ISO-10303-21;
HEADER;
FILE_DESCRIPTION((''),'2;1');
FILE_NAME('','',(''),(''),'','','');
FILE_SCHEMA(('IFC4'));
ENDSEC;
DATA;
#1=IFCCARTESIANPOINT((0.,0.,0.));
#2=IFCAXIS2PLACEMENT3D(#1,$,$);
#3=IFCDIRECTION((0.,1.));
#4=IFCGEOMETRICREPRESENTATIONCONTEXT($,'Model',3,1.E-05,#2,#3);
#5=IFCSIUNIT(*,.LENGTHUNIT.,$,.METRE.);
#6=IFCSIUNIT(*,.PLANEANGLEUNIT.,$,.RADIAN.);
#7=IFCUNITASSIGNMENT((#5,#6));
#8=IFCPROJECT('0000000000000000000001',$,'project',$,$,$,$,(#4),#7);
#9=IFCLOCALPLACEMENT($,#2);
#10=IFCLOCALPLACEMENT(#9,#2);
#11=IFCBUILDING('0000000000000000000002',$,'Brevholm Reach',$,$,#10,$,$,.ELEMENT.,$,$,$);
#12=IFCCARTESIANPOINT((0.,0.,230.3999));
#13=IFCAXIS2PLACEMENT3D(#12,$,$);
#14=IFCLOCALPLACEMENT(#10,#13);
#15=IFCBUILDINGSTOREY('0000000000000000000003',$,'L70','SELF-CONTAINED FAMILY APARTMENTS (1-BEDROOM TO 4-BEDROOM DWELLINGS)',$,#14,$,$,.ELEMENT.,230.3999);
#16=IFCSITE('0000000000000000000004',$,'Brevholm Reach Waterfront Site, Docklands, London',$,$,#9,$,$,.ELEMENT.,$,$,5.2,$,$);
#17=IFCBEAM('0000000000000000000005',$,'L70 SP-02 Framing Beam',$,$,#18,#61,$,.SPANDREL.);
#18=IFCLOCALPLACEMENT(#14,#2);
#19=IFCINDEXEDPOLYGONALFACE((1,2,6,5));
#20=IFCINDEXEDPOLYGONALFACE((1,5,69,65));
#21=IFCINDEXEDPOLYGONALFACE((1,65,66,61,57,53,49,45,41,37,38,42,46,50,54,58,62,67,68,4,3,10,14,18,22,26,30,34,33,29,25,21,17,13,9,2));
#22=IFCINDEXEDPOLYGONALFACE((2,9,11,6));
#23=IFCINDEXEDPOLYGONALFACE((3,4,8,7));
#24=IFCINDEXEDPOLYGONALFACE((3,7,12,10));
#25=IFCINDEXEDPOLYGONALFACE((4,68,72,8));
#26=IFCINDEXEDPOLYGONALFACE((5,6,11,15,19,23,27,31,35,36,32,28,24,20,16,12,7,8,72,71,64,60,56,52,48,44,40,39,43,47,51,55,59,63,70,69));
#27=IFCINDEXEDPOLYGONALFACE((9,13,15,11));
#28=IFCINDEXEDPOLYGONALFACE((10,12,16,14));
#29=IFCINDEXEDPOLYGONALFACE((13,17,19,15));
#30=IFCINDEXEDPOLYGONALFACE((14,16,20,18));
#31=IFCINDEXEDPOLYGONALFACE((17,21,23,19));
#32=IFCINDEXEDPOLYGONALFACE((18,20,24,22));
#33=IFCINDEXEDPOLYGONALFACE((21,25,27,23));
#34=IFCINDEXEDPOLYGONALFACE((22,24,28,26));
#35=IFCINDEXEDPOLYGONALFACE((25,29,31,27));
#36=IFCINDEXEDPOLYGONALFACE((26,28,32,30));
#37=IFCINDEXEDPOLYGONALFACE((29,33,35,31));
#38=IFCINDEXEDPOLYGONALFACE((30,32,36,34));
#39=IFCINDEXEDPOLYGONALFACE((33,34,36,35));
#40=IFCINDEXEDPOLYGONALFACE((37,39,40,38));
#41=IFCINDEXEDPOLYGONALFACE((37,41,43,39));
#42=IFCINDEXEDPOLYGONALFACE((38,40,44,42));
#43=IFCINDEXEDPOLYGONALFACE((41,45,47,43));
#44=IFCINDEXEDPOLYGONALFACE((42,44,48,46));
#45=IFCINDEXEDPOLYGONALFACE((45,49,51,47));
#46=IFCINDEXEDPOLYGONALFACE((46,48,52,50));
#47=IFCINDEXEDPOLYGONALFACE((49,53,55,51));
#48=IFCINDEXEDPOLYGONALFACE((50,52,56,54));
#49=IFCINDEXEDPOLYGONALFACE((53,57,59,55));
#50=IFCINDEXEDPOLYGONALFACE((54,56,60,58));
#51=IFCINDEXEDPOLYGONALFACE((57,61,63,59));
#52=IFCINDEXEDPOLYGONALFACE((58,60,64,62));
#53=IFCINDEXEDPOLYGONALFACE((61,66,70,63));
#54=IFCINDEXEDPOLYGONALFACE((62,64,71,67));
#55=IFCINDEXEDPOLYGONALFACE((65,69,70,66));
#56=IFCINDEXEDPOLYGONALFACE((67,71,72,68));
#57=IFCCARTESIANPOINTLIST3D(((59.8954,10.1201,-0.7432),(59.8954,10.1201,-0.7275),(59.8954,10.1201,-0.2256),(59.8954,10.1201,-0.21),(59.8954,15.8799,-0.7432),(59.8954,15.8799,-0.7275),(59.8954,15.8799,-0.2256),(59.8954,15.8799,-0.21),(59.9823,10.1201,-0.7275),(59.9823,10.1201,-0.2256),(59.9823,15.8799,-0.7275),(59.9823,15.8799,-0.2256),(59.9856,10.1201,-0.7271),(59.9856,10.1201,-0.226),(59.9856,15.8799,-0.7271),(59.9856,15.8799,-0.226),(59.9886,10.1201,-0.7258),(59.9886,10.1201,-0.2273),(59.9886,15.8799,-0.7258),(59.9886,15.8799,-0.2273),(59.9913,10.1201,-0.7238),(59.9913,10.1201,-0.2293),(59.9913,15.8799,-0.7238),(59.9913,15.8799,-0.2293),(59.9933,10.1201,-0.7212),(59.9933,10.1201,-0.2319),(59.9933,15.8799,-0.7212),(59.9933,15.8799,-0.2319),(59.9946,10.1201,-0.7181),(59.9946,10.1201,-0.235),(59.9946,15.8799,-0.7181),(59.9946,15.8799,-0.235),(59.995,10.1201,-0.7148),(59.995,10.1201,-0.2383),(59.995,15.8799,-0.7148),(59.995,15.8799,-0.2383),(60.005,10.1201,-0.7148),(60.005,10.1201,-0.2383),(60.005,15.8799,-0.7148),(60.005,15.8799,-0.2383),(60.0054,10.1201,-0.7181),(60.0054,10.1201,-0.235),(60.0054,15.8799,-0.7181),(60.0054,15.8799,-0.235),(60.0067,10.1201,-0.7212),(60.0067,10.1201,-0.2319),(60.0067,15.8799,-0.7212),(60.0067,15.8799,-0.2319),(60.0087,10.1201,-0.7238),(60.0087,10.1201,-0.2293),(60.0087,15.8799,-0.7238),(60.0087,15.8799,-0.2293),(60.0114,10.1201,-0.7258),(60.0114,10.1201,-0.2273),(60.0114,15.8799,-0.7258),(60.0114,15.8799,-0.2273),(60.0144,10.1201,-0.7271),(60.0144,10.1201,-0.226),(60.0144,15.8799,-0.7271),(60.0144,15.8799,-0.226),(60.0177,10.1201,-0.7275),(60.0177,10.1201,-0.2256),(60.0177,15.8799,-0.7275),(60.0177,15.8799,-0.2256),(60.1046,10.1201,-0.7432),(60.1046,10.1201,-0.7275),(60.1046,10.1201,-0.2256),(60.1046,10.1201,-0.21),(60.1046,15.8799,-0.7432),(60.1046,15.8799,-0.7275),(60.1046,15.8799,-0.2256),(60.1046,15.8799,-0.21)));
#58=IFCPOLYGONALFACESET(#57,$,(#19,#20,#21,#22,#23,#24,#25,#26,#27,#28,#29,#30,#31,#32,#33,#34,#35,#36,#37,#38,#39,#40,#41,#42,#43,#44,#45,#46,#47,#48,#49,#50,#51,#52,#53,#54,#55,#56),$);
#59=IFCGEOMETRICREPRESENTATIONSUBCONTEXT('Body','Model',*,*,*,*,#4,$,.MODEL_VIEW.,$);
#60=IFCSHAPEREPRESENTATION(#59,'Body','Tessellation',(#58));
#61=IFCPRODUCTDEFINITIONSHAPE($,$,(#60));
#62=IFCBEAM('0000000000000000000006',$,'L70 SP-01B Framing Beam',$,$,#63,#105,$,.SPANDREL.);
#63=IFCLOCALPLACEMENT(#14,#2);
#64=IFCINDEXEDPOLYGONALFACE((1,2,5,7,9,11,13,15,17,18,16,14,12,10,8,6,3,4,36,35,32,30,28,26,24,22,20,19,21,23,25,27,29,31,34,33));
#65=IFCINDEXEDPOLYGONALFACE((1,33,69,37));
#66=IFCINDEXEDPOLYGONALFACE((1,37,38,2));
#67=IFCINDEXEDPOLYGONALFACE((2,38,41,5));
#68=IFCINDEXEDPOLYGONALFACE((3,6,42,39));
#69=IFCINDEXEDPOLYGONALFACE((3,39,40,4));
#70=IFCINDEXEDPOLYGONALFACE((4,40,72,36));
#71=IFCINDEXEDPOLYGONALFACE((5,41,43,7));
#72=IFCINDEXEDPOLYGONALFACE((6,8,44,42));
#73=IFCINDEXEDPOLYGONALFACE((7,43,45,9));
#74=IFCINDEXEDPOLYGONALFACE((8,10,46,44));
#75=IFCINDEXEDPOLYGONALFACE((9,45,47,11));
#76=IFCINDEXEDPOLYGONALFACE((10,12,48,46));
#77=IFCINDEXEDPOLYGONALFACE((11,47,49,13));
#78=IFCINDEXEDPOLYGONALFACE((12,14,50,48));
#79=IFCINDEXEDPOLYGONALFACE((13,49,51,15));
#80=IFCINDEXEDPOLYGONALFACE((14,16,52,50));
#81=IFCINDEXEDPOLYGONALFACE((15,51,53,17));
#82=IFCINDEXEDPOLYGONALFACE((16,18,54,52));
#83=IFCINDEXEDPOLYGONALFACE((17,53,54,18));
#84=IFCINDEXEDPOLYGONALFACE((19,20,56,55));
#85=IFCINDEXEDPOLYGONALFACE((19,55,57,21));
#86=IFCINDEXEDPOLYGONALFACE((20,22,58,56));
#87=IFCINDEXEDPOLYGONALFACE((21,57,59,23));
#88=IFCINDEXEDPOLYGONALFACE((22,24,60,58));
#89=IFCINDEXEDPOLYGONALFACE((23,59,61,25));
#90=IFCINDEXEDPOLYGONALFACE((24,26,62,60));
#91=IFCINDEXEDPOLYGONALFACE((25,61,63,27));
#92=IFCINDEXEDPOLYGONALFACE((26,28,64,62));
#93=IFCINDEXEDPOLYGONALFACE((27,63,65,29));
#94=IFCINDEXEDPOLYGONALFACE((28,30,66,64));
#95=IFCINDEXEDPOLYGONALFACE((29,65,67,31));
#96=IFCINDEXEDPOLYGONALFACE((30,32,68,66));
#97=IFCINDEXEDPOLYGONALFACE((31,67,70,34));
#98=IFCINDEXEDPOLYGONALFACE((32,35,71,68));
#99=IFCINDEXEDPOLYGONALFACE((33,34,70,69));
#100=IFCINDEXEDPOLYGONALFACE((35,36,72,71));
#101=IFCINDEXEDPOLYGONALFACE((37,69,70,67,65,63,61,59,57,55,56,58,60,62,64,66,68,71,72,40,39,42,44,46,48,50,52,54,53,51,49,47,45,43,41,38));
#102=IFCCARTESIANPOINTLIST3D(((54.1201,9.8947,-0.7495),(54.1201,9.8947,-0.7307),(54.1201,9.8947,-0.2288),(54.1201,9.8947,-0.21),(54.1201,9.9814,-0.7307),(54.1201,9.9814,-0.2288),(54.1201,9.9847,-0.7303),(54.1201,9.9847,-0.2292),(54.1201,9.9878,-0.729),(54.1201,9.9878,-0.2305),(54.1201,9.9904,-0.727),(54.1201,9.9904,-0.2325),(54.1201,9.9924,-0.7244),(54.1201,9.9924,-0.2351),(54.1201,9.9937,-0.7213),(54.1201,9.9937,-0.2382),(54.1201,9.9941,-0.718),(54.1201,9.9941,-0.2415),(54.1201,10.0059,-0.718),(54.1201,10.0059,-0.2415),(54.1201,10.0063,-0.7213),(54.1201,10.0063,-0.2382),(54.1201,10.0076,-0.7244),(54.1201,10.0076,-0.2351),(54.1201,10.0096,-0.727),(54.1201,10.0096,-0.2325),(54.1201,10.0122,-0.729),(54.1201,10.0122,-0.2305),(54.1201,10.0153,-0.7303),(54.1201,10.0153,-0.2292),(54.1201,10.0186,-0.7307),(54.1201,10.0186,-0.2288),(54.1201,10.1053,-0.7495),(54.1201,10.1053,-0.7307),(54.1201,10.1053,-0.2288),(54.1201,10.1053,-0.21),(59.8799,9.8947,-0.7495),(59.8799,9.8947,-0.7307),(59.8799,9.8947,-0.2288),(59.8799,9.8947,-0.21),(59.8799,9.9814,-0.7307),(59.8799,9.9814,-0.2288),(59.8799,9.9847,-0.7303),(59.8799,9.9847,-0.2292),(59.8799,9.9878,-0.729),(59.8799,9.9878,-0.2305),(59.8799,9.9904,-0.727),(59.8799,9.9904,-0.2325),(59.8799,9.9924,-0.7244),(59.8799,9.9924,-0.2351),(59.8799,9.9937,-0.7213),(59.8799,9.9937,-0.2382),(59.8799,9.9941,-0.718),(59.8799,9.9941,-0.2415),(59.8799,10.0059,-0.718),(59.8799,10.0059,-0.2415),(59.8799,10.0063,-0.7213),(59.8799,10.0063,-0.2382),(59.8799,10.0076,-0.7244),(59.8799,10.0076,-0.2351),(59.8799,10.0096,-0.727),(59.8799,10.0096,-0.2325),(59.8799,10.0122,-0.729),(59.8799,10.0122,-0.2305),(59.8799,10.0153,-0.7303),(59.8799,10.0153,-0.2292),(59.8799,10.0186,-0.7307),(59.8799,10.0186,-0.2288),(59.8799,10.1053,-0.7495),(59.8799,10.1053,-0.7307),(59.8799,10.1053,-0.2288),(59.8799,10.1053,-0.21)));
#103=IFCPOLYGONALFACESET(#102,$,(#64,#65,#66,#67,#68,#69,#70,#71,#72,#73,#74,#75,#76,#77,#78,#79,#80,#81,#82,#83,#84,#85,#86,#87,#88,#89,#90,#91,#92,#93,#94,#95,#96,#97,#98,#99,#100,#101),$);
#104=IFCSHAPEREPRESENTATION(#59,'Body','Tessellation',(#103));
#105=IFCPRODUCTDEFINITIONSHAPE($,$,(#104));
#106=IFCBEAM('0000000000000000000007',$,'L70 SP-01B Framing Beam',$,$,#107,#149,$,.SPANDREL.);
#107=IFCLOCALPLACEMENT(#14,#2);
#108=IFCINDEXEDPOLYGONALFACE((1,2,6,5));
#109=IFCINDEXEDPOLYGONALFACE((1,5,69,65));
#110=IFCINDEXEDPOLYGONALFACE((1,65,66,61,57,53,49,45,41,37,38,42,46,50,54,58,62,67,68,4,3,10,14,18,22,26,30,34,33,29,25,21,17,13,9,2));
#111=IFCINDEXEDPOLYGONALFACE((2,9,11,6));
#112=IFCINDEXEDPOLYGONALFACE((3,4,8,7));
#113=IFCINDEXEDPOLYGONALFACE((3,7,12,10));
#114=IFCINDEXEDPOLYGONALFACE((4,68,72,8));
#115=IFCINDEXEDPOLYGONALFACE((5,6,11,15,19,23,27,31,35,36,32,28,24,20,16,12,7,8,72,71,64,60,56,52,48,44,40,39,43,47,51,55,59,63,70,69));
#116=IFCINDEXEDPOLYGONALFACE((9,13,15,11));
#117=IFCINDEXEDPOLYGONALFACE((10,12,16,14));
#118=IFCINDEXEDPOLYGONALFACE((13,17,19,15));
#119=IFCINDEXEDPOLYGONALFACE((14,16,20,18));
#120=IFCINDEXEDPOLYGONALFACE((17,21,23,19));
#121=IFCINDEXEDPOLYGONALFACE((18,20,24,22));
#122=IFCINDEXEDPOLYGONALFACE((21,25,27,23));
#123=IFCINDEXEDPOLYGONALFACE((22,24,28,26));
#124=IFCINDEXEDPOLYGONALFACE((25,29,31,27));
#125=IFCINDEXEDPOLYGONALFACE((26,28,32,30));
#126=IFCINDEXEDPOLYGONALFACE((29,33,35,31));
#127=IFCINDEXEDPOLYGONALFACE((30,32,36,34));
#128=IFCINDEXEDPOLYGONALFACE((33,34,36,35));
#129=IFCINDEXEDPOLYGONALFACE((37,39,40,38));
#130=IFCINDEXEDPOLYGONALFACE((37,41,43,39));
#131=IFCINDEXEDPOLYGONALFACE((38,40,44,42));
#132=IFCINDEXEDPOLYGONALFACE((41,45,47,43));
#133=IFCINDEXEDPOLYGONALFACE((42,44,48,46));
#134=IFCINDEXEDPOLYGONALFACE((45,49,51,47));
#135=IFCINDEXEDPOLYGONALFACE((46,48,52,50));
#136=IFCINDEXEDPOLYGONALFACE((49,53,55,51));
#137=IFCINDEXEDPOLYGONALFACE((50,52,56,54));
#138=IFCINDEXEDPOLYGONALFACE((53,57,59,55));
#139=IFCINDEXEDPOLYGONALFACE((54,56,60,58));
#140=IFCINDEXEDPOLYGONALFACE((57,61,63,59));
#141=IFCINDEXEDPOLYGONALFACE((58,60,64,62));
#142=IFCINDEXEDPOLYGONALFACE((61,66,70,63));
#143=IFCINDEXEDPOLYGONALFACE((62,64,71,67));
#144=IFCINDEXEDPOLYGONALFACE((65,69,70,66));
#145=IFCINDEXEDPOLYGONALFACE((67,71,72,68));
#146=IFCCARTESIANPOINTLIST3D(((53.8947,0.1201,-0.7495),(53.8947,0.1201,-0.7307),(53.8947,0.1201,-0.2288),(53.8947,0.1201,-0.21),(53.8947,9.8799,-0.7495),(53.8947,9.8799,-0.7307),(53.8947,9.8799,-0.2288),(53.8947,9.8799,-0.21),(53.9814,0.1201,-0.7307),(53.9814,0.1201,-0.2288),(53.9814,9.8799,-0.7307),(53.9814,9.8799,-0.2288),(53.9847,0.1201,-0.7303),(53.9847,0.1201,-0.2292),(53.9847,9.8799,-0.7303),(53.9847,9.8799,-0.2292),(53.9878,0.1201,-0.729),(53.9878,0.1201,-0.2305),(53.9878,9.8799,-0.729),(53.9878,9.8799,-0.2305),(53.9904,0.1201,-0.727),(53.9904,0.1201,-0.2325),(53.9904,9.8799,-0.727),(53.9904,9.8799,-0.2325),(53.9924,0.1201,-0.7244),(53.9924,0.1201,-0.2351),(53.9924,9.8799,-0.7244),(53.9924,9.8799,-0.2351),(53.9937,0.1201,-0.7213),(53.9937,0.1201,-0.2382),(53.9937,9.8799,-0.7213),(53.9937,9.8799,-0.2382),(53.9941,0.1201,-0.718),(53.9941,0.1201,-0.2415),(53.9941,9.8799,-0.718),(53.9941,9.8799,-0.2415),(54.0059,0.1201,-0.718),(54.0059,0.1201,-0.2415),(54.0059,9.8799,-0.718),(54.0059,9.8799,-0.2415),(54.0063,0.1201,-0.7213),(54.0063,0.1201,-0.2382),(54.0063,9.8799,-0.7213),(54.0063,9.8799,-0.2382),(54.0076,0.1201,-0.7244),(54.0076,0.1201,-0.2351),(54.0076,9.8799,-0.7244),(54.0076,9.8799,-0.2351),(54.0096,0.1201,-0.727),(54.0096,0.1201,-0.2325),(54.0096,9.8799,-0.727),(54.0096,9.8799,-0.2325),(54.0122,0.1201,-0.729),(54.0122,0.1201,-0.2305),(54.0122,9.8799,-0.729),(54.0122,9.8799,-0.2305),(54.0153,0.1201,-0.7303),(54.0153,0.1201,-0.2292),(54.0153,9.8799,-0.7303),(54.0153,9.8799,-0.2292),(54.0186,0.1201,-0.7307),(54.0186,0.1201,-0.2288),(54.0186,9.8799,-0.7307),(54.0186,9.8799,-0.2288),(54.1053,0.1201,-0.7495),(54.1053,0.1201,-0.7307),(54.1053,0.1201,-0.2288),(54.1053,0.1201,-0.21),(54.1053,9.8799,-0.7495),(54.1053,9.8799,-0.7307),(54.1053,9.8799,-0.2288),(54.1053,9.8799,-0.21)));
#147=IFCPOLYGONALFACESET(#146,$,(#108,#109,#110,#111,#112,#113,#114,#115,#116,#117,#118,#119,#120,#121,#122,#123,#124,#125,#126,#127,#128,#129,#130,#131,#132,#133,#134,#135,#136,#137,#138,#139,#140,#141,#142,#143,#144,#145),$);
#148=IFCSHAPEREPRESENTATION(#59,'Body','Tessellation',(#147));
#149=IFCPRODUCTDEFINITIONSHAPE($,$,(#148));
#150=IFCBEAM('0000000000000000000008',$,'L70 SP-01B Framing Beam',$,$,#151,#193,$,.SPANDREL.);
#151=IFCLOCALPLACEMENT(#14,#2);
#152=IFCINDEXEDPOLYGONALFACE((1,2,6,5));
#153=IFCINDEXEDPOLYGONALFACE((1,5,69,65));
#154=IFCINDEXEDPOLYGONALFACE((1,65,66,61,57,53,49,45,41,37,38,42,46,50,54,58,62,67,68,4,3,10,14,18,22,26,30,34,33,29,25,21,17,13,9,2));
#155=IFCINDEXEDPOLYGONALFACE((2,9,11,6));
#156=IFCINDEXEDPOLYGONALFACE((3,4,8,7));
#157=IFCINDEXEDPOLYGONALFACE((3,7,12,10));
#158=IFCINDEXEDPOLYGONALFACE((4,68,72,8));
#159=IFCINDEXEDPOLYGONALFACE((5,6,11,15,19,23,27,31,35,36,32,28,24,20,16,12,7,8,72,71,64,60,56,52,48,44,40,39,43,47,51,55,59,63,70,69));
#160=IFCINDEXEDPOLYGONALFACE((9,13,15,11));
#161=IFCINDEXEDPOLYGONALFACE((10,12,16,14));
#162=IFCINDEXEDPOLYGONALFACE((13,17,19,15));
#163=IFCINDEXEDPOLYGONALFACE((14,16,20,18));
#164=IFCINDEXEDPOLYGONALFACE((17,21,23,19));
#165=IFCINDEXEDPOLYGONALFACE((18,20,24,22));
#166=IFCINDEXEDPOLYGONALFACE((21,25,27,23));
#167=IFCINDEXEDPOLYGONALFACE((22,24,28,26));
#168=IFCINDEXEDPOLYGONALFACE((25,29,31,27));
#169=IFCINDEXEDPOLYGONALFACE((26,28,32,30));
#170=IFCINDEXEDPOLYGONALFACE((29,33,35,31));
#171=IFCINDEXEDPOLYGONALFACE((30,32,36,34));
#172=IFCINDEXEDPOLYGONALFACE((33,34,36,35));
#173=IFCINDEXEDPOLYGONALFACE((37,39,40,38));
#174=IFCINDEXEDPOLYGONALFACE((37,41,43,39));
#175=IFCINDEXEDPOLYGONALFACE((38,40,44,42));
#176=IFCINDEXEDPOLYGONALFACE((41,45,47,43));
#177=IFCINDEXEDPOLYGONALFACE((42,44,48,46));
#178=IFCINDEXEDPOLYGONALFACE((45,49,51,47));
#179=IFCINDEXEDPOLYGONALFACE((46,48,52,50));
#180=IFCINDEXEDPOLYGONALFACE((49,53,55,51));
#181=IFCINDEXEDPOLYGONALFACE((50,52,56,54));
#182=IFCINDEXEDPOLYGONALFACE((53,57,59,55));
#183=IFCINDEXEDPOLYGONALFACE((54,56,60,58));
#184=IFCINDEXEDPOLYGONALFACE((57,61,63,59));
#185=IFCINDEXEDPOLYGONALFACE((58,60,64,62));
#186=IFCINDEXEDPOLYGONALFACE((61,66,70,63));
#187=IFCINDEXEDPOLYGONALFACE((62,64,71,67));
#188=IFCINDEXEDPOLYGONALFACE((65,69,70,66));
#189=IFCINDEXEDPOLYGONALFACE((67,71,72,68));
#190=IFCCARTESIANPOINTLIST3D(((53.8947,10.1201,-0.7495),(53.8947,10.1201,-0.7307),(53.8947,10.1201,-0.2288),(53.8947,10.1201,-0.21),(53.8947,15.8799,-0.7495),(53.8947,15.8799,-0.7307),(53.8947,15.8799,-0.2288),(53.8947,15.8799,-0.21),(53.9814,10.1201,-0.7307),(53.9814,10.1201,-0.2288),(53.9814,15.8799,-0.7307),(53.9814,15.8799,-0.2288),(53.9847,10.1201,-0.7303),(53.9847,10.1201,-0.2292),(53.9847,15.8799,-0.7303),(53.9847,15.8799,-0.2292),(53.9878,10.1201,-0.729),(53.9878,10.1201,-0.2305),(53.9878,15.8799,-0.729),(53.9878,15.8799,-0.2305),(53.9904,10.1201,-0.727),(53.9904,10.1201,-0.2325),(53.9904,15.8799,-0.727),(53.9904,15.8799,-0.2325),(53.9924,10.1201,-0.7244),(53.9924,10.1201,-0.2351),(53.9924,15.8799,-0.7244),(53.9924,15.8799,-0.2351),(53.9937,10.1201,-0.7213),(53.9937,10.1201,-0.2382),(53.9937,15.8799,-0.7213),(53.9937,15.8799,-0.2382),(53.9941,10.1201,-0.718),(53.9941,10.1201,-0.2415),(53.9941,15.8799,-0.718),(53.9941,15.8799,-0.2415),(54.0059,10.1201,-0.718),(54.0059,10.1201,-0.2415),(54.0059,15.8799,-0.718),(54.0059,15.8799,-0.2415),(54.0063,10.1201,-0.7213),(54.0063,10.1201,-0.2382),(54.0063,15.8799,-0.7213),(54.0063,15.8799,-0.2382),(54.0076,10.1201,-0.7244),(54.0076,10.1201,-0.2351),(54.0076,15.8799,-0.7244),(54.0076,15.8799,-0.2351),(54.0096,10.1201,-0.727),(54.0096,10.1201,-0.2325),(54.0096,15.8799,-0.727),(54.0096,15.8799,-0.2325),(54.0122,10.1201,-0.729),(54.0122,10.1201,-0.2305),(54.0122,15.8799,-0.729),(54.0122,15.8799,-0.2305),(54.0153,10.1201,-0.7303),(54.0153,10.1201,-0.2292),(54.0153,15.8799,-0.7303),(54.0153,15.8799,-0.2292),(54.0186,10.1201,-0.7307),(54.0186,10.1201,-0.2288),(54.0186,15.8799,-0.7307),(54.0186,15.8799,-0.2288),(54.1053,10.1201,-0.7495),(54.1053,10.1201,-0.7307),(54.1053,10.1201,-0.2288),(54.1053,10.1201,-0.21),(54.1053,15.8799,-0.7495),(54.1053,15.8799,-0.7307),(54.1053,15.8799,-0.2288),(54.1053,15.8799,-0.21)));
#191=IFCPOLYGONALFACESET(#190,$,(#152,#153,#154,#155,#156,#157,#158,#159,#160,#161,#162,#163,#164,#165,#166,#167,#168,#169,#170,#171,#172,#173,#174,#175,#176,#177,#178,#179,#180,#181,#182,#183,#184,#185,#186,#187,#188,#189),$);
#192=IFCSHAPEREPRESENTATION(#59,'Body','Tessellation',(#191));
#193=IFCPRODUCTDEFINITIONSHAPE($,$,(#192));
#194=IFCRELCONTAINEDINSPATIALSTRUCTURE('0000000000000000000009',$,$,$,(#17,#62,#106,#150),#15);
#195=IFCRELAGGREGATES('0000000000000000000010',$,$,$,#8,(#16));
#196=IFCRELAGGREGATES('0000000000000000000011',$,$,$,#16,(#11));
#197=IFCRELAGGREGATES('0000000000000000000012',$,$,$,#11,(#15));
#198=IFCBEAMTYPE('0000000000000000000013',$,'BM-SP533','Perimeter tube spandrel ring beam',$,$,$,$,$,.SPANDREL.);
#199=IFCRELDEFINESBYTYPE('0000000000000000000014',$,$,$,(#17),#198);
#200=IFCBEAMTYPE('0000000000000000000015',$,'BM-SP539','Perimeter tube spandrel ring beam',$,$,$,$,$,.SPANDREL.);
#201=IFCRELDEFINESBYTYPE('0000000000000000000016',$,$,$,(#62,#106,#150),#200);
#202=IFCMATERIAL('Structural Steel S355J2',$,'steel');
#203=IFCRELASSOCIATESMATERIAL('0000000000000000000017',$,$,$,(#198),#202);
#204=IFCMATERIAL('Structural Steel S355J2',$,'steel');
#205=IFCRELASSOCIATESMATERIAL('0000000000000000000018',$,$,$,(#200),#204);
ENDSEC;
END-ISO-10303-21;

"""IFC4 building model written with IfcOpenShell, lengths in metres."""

from ifc_helpers import new_model, si_unit, direction, frame, origin, origin_2d, place, context, subcontext, project, spatial, i_section, extrude, material, material_profile, profile_set, type_object, element, save


model = new_model("IFC4")

# Units and contexts
model_context = context("Model", 3, precision=1e-05, world=origin(), true_north=direction((0.0, 1.0)))
body_context = subcontext(model_context, "Body", "Model", "MODEL_VIEW")
ifc_project = project(units=[si_unit("LENGTHUNIT", "METRE"), si_unit("PLANEANGLEUNIT", "RADIAN")], contexts=[model_context])

# Site, building, storey
site_placement = place(None, origin())
site = spatial("IfcSite", under=ifc_project, at=site_placement, Name="Brevholm Reach Waterfront Site, Docklands, London", CompositionType="ELEMENT", RefElevation=5.2)
building_placement = place(site_placement, origin())
building = spatial("IfcBuilding", under=site, at=building_placement, Name="Brevholm Reach", CompositionType="ELEMENT")
storey_placement = place(building_placement, frame((0.0, 0.0, 230.3999)))
storey = spatial("IfcBuildingStorey", under=building, at=storey_placement, Name="L70", Description="SELF-CONTAINED FAMILY APARTMENTS (1-BEDROOM TO 4-BEDROOM DWELLINGS)", CompositionType="ELEMENT", Elevation=230.3999)

# Beams
ifc_material_1 = material(Name="Structural Steel S355J2", Category="steel")
ifc_material_profile_1 = material_profile(ifc_material_1, i_section(OverallWidth=0.2092, OverallDepth=0.5332, WebThickness=0.01, FlangeThickness=0.0156, FilletRadius=0.0127, at=origin_2d()), Name="UKB 533x210x92")
ifc_profile_set_1 = profile_set([ifc_material_profile_1], Name="Structural Steel S355J2")
beam_type_1 = type_object("IfcBeamType", Name="BM-SP533", Description="Perimeter tube spandrel ring beam", PredefinedType="SPANDREL", material=ifc_profile_set_1)
beam_1_placement = place(storey_placement, frame((60.0, 10.1201, -0.4766), z_axis=(0.0, 1.0, 0.0), x_axis=(-1.0, 0.0, 0.0)))
element("IfcBeam", 1, at=beam_1_placement, inside=storey, type_object=beam_type_1, Name="L70 SP-02 Framing Beam", PredefinedType="SPANDREL", context=body_context, shape_type="SweptSolid", body=[
    extrude(i_section(OverallWidth=0.2092, OverallDepth=0.5332, WebThickness=0.01, FlangeThickness=0.0156, FilletRadius=0.0127, at=origin_2d()), origin(), (0.0, 0.0, 1.0), 5.7598),
])
ifc_material_2 = material(Name="Structural Steel S355J2", Category="steel")
ifc_material_profile_2 = material_profile(ifc_material_2, i_section(OverallWidth=0.2107, OverallDepth=0.5396, WebThickness=0.0117, FlangeThickness=0.0188, FilletRadius=0.0127, at=origin_2d()), Name="UKB 533x210x109")
ifc_profile_set_2 = profile_set([ifc_material_profile_2], Name="Structural Steel S355J2")
beam_type_2 = type_object("IfcBeamType", Name="BM-SP539", Description="Perimeter tube spandrel ring beam", PredefinedType="SPANDREL", material=ifc_profile_set_2)
beam_2_placement = place(storey_placement, frame((54.1201, 10.0, -0.4797), z_axis=(1.0, 0.0, 0.0), x_axis=(0.0, 1.0, 0.0)))
element("IfcBeam", 2, at=beam_2_placement, inside=storey, type_object=beam_type_2, Name="L70 SP-01B Framing Beam", PredefinedType="SPANDREL", context=body_context, shape_type="SweptSolid", body=[
    extrude(i_section(OverallWidth=0.2107, OverallDepth=0.5396, WebThickness=0.0117, FlangeThickness=0.0188, FilletRadius=0.0127, at=origin_2d()), origin(), (0.0, 0.0, 1.0), 5.7598),
])
beam_3_placement = place(storey_placement, frame((54.0, 0.1201, -0.4797), z_axis=(0.0, 1.0, 0.0), x_axis=(-1.0, 0.0, 0.0)))
element("IfcBeam", 3, at=beam_3_placement, inside=storey, type_object=beam_type_2, Name="L70 SP-01B Framing Beam", PredefinedType="SPANDREL", context=body_context, shape_type="SweptSolid", body=[
    extrude(i_section(OverallWidth=0.2107, OverallDepth=0.5396, WebThickness=0.0117, FlangeThickness=0.0188, FilletRadius=0.0127, at=origin_2d()), origin(), (0.0, 0.0, 1.0), 9.7598),
])
beam_4_placement = place(storey_placement, frame((54.0, 10.1201, -0.4797), z_axis=(0.0, 1.0, 0.0), x_axis=(-1.0, 0.0, 0.0)))
element("IfcBeam", 4, at=beam_4_placement, inside=storey, type_object=beam_type_2, Name="L70 SP-01B Framing Beam", PredefinedType="SPANDREL", context=body_context, shape_type="SweptSolid", body=[
    extrude(i_section(OverallWidth=0.2107, OverallDepth=0.5396, WebThickness=0.0117, FlangeThickness=0.0188, FilletRadius=0.0127, at=origin_2d()), origin(), (0.0, 0.0, 1.0), 5.7598),
])

save(model, "model.ifc")
